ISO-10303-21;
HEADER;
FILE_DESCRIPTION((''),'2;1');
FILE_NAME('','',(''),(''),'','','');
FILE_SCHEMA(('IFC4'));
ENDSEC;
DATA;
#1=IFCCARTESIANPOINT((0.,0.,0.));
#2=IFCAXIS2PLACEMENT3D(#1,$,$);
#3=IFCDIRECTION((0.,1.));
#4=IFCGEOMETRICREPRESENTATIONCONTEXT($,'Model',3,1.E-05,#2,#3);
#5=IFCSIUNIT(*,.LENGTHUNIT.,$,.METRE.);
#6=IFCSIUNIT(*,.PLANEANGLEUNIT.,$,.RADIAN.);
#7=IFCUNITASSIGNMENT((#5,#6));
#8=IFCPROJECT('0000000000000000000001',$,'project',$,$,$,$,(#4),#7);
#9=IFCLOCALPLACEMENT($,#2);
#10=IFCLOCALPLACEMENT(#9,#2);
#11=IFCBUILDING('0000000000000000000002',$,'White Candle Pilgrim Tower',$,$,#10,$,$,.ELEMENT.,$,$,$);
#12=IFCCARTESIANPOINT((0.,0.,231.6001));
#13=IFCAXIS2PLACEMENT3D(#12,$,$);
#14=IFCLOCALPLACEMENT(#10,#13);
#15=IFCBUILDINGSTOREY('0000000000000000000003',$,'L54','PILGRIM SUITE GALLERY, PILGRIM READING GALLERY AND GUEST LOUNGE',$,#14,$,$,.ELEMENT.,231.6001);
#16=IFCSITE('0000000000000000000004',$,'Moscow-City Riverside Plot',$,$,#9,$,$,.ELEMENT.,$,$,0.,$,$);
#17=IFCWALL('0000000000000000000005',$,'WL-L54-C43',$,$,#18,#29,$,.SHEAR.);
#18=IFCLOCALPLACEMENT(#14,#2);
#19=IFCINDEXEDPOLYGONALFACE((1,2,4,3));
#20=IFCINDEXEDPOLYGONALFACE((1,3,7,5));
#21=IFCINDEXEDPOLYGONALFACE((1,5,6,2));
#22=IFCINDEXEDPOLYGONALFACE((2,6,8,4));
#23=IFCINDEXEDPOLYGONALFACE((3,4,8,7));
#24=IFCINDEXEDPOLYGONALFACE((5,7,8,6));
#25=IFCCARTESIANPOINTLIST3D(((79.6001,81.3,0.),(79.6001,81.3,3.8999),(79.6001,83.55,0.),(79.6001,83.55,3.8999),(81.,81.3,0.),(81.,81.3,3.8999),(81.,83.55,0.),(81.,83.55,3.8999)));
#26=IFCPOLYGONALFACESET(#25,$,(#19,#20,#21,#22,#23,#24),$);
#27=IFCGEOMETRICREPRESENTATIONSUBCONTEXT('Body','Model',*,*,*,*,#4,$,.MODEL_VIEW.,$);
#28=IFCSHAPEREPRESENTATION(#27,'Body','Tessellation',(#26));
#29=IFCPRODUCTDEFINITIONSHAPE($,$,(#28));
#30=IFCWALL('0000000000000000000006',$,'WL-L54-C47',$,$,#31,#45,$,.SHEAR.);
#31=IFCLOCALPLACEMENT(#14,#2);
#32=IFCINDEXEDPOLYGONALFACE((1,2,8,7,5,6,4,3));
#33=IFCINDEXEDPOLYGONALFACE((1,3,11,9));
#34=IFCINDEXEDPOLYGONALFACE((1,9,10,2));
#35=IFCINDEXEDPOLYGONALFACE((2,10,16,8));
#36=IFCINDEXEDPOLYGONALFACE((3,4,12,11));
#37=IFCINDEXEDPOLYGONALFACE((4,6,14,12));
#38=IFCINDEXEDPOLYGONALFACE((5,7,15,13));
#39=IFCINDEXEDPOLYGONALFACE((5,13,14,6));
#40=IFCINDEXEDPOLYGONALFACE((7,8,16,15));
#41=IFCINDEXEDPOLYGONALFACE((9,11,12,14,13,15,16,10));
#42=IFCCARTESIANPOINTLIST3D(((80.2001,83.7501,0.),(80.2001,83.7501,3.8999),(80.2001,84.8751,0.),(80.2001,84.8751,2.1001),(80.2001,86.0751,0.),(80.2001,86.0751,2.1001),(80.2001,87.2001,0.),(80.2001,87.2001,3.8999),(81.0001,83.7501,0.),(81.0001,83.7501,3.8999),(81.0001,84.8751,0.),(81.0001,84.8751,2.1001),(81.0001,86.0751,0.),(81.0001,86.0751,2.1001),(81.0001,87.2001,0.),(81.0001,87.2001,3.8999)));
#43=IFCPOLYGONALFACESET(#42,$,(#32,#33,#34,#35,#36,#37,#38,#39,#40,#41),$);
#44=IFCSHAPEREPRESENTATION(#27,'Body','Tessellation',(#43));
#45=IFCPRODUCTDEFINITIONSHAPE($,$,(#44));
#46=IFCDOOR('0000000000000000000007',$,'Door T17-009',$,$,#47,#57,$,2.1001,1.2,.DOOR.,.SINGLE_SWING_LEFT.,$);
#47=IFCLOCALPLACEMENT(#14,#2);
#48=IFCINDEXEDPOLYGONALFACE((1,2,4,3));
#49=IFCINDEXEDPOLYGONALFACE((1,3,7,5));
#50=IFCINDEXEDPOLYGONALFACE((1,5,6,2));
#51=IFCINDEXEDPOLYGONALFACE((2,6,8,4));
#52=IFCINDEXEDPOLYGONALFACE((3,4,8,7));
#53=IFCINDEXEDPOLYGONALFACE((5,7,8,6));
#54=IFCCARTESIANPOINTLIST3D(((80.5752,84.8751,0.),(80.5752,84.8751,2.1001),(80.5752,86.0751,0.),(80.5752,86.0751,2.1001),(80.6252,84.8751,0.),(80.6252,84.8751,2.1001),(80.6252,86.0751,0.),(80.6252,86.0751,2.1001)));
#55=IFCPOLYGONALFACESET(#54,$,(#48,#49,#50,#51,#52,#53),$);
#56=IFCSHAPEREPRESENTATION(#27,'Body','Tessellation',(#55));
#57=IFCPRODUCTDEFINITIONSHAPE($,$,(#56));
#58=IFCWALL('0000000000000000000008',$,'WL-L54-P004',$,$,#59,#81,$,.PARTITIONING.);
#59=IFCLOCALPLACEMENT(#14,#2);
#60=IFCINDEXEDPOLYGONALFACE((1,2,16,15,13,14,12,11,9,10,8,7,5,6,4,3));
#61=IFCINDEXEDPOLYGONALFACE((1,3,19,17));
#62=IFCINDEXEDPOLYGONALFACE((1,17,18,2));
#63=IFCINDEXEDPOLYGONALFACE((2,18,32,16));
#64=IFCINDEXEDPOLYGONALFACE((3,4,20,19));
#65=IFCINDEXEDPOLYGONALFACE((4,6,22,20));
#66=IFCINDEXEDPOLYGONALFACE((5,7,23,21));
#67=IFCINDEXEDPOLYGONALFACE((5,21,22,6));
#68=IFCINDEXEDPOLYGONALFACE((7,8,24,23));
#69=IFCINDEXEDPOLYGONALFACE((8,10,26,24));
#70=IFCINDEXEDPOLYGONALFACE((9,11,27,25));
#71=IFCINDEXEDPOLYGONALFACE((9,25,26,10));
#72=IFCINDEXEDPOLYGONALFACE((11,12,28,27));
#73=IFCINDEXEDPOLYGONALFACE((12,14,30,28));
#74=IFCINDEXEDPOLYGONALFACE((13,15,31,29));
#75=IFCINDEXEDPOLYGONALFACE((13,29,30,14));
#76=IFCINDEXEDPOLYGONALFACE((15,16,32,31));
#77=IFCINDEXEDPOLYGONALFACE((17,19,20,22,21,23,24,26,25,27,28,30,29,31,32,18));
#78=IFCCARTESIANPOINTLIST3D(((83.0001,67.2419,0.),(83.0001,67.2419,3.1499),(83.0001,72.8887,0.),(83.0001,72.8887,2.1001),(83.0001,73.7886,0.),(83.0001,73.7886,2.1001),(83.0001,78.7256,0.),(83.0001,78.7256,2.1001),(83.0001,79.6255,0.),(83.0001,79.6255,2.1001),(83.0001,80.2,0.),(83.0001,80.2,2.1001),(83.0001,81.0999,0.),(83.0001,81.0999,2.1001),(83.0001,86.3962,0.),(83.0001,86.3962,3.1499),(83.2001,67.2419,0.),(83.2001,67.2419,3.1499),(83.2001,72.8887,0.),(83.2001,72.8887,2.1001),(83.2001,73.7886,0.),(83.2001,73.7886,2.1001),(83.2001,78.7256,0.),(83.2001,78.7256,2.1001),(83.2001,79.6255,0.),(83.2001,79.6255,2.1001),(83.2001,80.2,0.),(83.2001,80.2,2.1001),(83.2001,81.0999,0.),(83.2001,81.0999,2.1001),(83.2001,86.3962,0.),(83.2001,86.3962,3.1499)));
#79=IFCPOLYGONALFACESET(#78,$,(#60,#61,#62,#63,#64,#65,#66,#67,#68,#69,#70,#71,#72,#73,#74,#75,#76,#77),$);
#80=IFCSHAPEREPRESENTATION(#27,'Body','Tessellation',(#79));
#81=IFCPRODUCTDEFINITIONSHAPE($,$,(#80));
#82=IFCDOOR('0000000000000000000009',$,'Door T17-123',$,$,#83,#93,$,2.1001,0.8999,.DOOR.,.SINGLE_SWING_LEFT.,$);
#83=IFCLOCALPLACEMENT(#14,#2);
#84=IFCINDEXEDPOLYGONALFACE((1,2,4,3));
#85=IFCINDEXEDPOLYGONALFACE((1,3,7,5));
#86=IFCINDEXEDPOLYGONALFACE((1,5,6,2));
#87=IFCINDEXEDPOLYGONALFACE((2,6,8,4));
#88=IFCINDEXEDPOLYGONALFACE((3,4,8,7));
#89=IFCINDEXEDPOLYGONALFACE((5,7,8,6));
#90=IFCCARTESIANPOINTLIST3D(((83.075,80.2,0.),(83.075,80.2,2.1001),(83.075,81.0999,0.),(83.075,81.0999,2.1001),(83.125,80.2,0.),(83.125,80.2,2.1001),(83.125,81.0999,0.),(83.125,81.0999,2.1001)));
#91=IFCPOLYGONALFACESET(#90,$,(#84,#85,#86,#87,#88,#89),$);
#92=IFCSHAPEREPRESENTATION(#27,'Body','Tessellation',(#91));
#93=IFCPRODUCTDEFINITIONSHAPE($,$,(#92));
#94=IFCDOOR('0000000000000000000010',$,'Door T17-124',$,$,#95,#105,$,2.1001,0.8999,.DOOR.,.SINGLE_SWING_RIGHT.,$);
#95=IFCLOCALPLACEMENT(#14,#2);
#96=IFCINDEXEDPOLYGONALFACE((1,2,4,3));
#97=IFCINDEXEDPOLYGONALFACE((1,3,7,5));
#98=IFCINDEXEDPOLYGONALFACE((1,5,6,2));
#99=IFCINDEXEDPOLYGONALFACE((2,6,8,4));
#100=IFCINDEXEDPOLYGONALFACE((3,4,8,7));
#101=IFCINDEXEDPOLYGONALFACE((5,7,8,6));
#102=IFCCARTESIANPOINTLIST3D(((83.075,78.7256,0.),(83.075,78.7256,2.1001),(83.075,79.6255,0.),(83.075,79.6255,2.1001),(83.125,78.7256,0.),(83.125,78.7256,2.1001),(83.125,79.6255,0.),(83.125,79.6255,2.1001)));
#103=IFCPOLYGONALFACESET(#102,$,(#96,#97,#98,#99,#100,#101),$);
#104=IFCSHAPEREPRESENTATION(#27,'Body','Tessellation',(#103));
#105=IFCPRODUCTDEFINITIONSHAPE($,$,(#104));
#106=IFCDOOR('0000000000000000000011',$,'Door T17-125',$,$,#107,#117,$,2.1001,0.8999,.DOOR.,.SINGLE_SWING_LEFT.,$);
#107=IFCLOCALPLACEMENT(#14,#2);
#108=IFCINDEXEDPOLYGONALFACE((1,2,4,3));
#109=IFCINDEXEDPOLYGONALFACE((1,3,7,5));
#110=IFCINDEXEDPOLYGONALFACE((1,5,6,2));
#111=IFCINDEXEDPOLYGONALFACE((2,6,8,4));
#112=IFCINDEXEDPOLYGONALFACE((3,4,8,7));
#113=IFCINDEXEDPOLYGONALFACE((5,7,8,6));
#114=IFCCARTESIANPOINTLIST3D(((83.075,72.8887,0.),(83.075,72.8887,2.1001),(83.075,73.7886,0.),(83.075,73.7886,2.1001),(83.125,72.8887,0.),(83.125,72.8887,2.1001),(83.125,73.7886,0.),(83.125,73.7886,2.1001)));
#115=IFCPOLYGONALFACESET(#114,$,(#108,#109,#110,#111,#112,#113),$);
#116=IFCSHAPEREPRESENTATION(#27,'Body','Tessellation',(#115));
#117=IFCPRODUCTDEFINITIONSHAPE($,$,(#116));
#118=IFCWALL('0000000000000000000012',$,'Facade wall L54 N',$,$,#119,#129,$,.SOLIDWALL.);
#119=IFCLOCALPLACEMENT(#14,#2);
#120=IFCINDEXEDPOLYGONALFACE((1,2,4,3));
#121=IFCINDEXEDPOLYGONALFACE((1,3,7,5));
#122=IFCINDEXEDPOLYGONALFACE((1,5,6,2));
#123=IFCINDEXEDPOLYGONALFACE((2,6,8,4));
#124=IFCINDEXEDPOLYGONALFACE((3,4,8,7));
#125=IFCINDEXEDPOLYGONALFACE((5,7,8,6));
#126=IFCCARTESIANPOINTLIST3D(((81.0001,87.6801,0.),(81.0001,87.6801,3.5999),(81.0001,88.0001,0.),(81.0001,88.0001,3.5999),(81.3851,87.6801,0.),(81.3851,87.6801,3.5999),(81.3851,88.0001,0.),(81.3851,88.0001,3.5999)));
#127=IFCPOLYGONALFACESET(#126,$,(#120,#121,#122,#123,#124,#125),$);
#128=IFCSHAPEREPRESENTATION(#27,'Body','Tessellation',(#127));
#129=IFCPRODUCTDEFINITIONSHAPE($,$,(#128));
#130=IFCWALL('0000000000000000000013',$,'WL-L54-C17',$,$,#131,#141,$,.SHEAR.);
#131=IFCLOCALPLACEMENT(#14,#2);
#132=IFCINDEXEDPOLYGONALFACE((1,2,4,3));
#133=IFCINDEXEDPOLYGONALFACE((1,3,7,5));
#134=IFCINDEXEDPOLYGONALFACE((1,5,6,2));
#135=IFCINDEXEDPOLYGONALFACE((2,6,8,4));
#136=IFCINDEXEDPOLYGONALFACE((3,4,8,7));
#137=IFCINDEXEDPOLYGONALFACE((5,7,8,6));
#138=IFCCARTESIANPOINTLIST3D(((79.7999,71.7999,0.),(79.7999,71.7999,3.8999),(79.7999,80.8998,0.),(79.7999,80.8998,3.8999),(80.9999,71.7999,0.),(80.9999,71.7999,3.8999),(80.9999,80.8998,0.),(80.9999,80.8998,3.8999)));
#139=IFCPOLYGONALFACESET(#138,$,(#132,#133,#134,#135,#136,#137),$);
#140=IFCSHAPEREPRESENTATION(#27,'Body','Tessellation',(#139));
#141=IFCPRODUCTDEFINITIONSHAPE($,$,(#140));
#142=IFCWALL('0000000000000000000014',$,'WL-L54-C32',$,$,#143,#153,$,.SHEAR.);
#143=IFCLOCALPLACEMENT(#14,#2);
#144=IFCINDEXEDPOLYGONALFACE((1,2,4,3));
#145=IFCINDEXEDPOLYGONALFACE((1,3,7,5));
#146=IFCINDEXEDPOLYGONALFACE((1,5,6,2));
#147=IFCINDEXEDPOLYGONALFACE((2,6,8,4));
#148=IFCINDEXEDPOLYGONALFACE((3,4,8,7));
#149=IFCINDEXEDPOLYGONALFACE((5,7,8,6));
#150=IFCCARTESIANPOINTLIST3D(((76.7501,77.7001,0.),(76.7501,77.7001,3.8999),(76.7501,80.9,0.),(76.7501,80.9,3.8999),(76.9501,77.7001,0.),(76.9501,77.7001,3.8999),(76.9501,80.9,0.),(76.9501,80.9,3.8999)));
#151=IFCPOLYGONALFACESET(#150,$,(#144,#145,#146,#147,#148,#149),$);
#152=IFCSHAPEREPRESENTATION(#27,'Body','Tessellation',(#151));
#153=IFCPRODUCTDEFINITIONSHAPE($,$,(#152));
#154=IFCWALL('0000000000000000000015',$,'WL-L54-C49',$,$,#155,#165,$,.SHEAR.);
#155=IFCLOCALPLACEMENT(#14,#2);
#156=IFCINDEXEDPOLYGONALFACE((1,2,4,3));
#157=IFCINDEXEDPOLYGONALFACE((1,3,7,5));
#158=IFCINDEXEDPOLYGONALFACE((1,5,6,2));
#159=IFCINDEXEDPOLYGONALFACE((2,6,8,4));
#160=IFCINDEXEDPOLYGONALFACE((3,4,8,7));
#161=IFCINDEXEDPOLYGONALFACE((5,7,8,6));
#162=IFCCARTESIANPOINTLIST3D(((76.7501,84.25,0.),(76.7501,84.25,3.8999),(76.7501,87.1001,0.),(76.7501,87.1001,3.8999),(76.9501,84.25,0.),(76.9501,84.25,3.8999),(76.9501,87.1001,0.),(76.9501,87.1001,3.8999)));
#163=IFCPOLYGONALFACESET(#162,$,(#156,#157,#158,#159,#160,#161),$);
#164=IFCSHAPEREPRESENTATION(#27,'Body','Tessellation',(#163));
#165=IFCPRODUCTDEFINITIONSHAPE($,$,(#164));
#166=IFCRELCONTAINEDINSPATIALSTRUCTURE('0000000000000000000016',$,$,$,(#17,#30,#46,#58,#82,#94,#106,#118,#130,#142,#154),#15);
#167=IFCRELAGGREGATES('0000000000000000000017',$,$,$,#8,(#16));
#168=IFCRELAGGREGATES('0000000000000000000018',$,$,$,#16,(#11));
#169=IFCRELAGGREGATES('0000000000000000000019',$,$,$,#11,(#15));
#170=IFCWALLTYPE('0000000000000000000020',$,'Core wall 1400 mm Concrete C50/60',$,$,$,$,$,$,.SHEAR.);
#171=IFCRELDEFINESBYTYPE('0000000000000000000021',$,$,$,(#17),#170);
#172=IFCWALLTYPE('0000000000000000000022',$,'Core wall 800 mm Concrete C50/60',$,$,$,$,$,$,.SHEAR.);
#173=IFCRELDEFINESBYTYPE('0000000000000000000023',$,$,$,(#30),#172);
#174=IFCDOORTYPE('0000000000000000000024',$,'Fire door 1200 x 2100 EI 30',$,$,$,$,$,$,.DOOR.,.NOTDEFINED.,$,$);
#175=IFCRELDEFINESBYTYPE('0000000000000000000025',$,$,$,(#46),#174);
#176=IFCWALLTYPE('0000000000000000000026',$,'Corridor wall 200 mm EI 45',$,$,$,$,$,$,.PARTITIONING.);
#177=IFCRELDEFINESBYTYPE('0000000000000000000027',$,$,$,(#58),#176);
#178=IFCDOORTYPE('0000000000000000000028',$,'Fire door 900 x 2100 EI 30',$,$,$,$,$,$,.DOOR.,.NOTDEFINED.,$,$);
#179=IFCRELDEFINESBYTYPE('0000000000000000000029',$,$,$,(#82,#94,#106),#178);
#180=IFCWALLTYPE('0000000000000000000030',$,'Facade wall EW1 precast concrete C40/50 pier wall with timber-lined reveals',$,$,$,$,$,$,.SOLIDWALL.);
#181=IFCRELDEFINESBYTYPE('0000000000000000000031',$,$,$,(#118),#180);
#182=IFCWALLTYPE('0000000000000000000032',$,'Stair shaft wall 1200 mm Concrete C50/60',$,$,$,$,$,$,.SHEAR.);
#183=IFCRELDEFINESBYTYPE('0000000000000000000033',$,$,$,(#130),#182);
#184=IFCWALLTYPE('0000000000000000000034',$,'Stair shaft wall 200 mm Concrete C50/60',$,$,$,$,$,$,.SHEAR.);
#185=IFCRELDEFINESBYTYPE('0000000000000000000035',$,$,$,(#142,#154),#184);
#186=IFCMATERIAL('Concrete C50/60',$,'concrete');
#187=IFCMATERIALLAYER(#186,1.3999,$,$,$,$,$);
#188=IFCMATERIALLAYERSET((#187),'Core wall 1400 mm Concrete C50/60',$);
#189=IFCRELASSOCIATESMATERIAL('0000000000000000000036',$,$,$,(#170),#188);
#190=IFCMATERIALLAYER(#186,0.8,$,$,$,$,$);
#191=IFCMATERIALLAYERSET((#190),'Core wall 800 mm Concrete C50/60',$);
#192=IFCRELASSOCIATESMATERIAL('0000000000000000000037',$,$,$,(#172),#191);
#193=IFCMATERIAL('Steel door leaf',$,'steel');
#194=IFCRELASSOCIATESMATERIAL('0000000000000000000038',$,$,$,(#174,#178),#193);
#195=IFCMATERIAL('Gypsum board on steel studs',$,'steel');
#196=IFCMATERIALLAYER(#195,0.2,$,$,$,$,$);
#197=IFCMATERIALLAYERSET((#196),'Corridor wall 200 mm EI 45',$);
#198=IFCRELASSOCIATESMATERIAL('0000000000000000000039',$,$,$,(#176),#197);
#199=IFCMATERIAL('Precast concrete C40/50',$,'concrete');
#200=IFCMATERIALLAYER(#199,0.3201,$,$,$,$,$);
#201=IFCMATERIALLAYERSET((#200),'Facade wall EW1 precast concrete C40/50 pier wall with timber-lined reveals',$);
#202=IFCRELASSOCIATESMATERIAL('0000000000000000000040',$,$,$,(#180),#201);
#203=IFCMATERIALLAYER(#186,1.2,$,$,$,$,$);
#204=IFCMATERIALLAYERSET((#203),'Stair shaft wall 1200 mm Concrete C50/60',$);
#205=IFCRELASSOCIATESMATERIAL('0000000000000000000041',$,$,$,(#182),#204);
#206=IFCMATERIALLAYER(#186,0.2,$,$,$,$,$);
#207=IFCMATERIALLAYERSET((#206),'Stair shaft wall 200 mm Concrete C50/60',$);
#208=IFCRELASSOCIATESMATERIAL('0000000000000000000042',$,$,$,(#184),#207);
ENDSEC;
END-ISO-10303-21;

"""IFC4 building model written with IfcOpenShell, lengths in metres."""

from ifc_helpers import new_model, si_unit, direction, frame, frame_2d, origin, place, context, subcontext, project, spatial, rectangle, extrude, material, layer, layer_set, type_object, element, fill, save


model = new_model("IFC4")

# Units and contexts
model_context = context("Model", 3, precision=1e-05, world=origin(), true_north=direction((0.0, 1.0)))
body_context = subcontext(model_context, "Body", "Model", "MODEL_VIEW")
ifc_project = project(units=[si_unit("LENGTHUNIT", "METRE"), si_unit("PLANEANGLEUNIT", "RADIAN")], contexts=[model_context])

# Site, building, storey
site_placement = place(None, origin())
site = spatial("IfcSite", under=ifc_project, at=site_placement, Name="Moscow-City Riverside Plot", CompositionType="ELEMENT", RefElevation=0.0)
building_placement = place(site_placement, origin())
building = spatial("IfcBuilding", under=site, at=building_placement, Name="White Candle Pilgrim Tower", CompositionType="ELEMENT")
storey_placement = place(building_placement, frame((0.0, 0.0, 231.6001)))
storey = spatial("IfcBuildingStorey", under=building, at=storey_placement, Name="L54", Description="PILGRIM SUITE GALLERY, PILGRIM READING GALLERY AND GUEST LOUNGE", CompositionType="ELEMENT", Elevation=231.6001)

# Wall
ifc_material_1 = material(Name="Concrete C50/60", Category="concrete")
ifc_layer_1 = layer(ifc_material_1, 1.3999)
ifc_layer_set_1 = layer_set([ifc_layer_1], Name="Core wall 1400 mm Concrete C50/60")
wall_type_1 = type_object("IfcWallType", Name="Core wall 1400 mm Concrete C50/60", PredefinedType="SHEAR", material=ifc_layer_set_1)
wall_1_placement = place(storey_placement, frame((80.3, 81.3, 0.0), z_axis=(0.0, 0.0, 1.0), x_axis=(0.0, 1.0, 0.0)))
element("IfcWall", 1, at=wall_1_placement, inside=storey, type_object=wall_type_1, Name="WL-L54-C43", PredefinedType="SHEAR", context=body_context, shape_type="SweptSolid", body=[
    extrude(rectangle(XDim=2.25, YDim=1.3999, at=frame_2d((1.125, 0.0))), origin(), (0.0, 0.0, 1.0), 3.8999),
])

# Wall, opening, door
ifc_layer_2 = layer(ifc_material_1, 0.8)
ifc_layer_set_2 = layer_set([ifc_layer_2], Name="Core wall 800 mm Concrete C50/60")
wall_type_2 = type_object("IfcWallType", Name="Core wall 800 mm Concrete C50/60", PredefinedType="SHEAR", material=ifc_layer_set_2)
wall_2_placement = place(storey_placement, frame((80.6001, 83.75, 0.0), z_axis=(0.0, 0.0, 1.0), x_axis=(0.0, 1.0, 0.0)))
wall_2 = element("IfcWall", 2, at=wall_2_placement, inside=storey, type_object=wall_type_2, Name="WL-L54-C47", PredefinedType="SHEAR", context=body_context, shape_type="SweptSolid", body=[
    extrude(rectangle(XDim=3.45, YDim=0.8, at=frame_2d((1.7251, 0.0))), origin(), (0.0, 0.0, 1.0), 3.8999),
])
opening_1_placement = place(wall_2_placement, frame((1.125, 0.0, 0.0)))
opening_1 = element("IfcOpeningElement", 3, at=opening_1_placement, cuts=wall_2, PredefinedType="OPENING", context=body_context, shape_type="SweptSolid", body=[
    extrude(rectangle(XDim=1.2, YDim=2.1001, at=frame_2d((0.6001, 1.05))), frame((0.0, 0.4099, 0.0), z_axis=(0.0, -1.0, 0.0), x_axis=(1.0, 0.0, 0.0)), (0.0, 0.0, 1.0), 0.8201),
])
ifc_material_2 = material(Name="Steel door leaf", Category="steel")
door_type_1 = type_object("IfcDoorType", Name="Fire door 1200 x 2100 EI 30", OperationType="NOTDEFINED", PredefinedType="DOOR", material=ifc_material_2)
door_1_placement = place(opening_1_placement, origin())
door_1 = element("IfcDoor", 4, at=door_1_placement, inside=storey, type_object=door_type_1, Name="Door T17-009", OperationType="SINGLE_SWING_LEFT", OverallHeight=2.1001, OverallWidth=1.2, PredefinedType="DOOR", context=body_context, shape_type="SweptSolid", body=[
    extrude(rectangle(XDim=1.2, YDim=2.1001, at=frame_2d((0.6001, 1.05))), frame((0.0, 0.0249, 0.0), z_axis=(0.0, -1.0, 0.0), x_axis=(1.0, 0.0, 0.0)), (0.0, 0.0, 1.0), 0.05),
])
fill(opening_1, door_1)

# Wall, openings, doors
ifc_material_3 = material(Name="Gypsum board on steel studs", Category="steel")
ifc_layer_3 = layer(ifc_material_3, 0.2)
ifc_layer_set_3 = layer_set([ifc_layer_3], Name="Corridor wall 200 mm EI 45")
wall_type_3 = type_object("IfcWallType", Name="Corridor wall 200 mm EI 45", PredefinedType="PARTITIONING", material=ifc_layer_set_3)
wall_3_placement = place(storey_placement, frame((83.1001, 86.3962, 0.0), z_axis=(0.0, 0.0, 1.0), x_axis=(0.0, -1.0, 0.0)))
wall_3 = element("IfcWall", 5, at=wall_3_placement, inside=storey, type_object=wall_type_3, Name="WL-L54-P004", PredefinedType="PARTITIONING", context=body_context, shape_type="SweptSolid", body=[
    extrude(rectangle(XDim=19.1543, YDim=0.2, at=frame_2d((9.5771, 0.0))), origin(), (0.0, 0.0, 1.0), 3.1499),
])
opening_2_placement = place(wall_3_placement, frame((5.2964, 0.0, 0.0)))
opening_2 = element("IfcOpeningElement", 6, at=opening_2_placement, cuts=wall_3, PredefinedType="OPENING", context=body_context, shape_type="SweptSolid", body=[
    extrude(rectangle(XDim=0.8999, YDim=2.1001, at=frame_2d((0.45, 1.05))), frame((0.0, 0.1099, 0.0), z_axis=(0.0, -1.0, 0.0), x_axis=(1.0, 0.0, 0.0)), (0.0, 0.0, 1.0), 0.22),
])
opening_3_placement = place(wall_3_placement, frame((6.7708, 0.0, 0.0)))
opening_3 = element("IfcOpeningElement", 7, at=opening_3_placement, cuts=wall_3, PredefinedType="OPENING", context=body_context, shape_type="SweptSolid", body=[
    extrude(rectangle(XDim=0.8999, YDim=2.1001, at=frame_2d((0.45, 1.05))), frame((0.0, 0.1099, 0.0), z_axis=(0.0, -1.0, 0.0), x_axis=(1.0, 0.0, 0.0)), (0.0, 0.0, 1.0), 0.22),
])
opening_4_placement = place(wall_3_placement, frame((12.6077, 0.0, 0.0)))
opening_4 = element("IfcOpeningElement", 8, at=opening_4_placement, cuts=wall_3, PredefinedType="OPENING", context=body_context, shape_type="SweptSolid", body=[
    extrude(rectangle(XDim=0.8999, YDim=2.1001, at=frame_2d((0.45, 1.05))), frame((0.0, 0.1099, 0.0), z_axis=(0.0, -1.0, 0.0), x_axis=(1.0, 0.0, 0.0)), (0.0, 0.0, 1.0), 0.22),
])
door_type_2 = type_object("IfcDoorType", Name="Fire door 900 x 2100 EI 30", OperationType="NOTDEFINED", PredefinedType="DOOR", material=ifc_material_2)
door_2_placement = place(opening_2_placement, origin())
door_2 = element("IfcDoor", 9, at=door_2_placement, inside=storey, type_object=door_type_2, Name="Door T17-123", OperationType="SINGLE_SWING_LEFT", OverallHeight=2.1001, OverallWidth=0.8999, PredefinedType="DOOR", context=body_context, shape_type="SweptSolid", body=[
    extrude(rectangle(XDim=0.8999, YDim=2.1001, at=frame_2d((0.45, 1.05))), frame((0.0, 0.0249, 0.0), z_axis=(0.0, -1.0, 0.0), x_axis=(1.0, 0.0, 0.0)), (0.0, 0.0, 1.0), 0.05),
])
fill(opening_2, door_2)
door_3_placement = place(opening_3_placement, origin())
door_3 = element("IfcDoor", 10, at=door_3_placement, inside=storey, type_object=door_type_2, Name="Door T17-124", OperationType="SINGLE_SWING_RIGHT", OverallHeight=2.1001, OverallWidth=0.8999, PredefinedType="DOOR", context=body_context, shape_type="SweptSolid", body=[
    extrude(rectangle(XDim=0.8999, YDim=2.1001, at=frame_2d((0.45, 1.05))), frame((0.0, 0.0249, 0.0), z_axis=(0.0, -1.0, 0.0), x_axis=(1.0, 0.0, 0.0)), (0.0, 0.0, 1.0), 0.05),
])
fill(opening_3, door_3)
door_4_placement = place(opening_4_placement, origin())
door_4 = element("IfcDoor", 11, at=door_4_placement, inside=storey, type_object=door_type_2, Name="Door T17-125", OperationType="SINGLE_SWING_LEFT", OverallHeight=2.1001, OverallWidth=0.8999, PredefinedType="DOOR", context=body_context, shape_type="SweptSolid", body=[
    extrude(rectangle(XDim=0.8999, YDim=2.1001, at=frame_2d((0.45, 1.05))), frame((0.0, 0.0249, 0.0), z_axis=(0.0, -1.0, 0.0), x_axis=(1.0, 0.0, 0.0)), (0.0, 0.0, 1.0), 0.05),
])
fill(opening_4, door_4)

# Walls
ifc_material_4 = material(Name="Precast concrete C40/50", Category="concrete")
ifc_layer_4 = layer(ifc_material_4, 0.3201)
ifc_layer_set_4 = layer_set([ifc_layer_4], Name="Facade wall EW1 precast concrete C40/50 pier wall with timber-lined reveals")
wall_type_4 = type_object("IfcWallType", Name="Facade wall EW1 precast concrete C40/50 pier wall with timber-lined reveals", PredefinedType="SOLIDWALL", material=ifc_layer_set_4)
wall_4_placement = place(storey_placement, frame((81.385, 87.8401, 0.0), z_axis=(0.0, 0.0, 1.0), x_axis=(-1.0, 0.0, 0.0)))
element("IfcWall", 12, at=wall_4_placement, inside=storey, type_object=wall_type_4, Name="Facade wall L54 N", PredefinedType="SOLIDWALL", context=body_context, shape_type="SweptSolid", body=[
    extrude(rectangle(XDim=0.385, YDim=0.3201, at=frame_2d((0.1924, 0.0))), origin(), (0.0, 0.0, 1.0), 3.5999),
])
ifc_layer_5 = layer(ifc_material_1, 1.2)
ifc_layer_set_5 = layer_set([ifc_layer_5], Name="Stair shaft wall 1200 mm Concrete C50/60")
wall_type_5 = type_object("IfcWallType", Name="Stair shaft wall 1200 mm Concrete C50/60", PredefinedType="SHEAR", material=ifc_layer_set_5)
wall_5_placement = place(storey_placement, frame((80.3999, 71.8, 0.0), z_axis=(0.0, 0.0, 1.0), x_axis=(0.0, 1.0, 0.0)))
element("IfcWall", 13, at=wall_5_placement, inside=storey, type_object=wall_type_5, Name="WL-L54-C17", PredefinedType="SHEAR", context=body_context, shape_type="SweptSolid", body=[
    extrude(rectangle(XDim=9.0999, YDim=1.2, at=frame_2d((4.5498, 0.0))), origin(), (0.0, 0.0, 1.0), 3.8999),
])
ifc_layer_6 = layer(ifc_material_1, 0.2)
ifc_layer_set_6 = layer_set([ifc_layer_6], Name="Stair shaft wall 200 mm Concrete C50/60")
wall_type_6 = type_object("IfcWallType", Name="Stair shaft wall 200 mm Concrete C50/60", PredefinedType="SHEAR", material=ifc_layer_set_6)
wall_6_placement = place(storey_placement, frame((76.8501, 77.7, 0.0), z_axis=(0.0, 0.0, 1.0), x_axis=(0.0, 1.0, 0.0)))
element("IfcWall", 14, at=wall_6_placement, inside=storey, type_object=wall_type_6, Name="WL-L54-C32", PredefinedType="SHEAR", context=body_context, shape_type="SweptSolid", body=[
    extrude(rectangle(XDim=3.2, YDim=0.2, at=frame_2d((1.6001, 0.0))), origin(), (0.0, 0.0, 1.0), 3.8999),
])
wall_7_placement = place(storey_placement, frame((76.8501, 84.25, 0.0), z_axis=(0.0, 0.0, 1.0), x_axis=(0.0, 1.0, 0.0)))
element("IfcWall", 15, at=wall_7_placement, inside=storey, type_object=wall_type_6, Name="WL-L54-C49", PredefinedType="SHEAR", context=body_context, shape_type="SweptSolid", body=[
    extrude(rectangle(XDim=2.8501, YDim=0.2, at=frame_2d((1.425, 0.0))), origin(), (0.0, 0.0, 1.0), 3.8999),
])

save(model, "model.ifc")
